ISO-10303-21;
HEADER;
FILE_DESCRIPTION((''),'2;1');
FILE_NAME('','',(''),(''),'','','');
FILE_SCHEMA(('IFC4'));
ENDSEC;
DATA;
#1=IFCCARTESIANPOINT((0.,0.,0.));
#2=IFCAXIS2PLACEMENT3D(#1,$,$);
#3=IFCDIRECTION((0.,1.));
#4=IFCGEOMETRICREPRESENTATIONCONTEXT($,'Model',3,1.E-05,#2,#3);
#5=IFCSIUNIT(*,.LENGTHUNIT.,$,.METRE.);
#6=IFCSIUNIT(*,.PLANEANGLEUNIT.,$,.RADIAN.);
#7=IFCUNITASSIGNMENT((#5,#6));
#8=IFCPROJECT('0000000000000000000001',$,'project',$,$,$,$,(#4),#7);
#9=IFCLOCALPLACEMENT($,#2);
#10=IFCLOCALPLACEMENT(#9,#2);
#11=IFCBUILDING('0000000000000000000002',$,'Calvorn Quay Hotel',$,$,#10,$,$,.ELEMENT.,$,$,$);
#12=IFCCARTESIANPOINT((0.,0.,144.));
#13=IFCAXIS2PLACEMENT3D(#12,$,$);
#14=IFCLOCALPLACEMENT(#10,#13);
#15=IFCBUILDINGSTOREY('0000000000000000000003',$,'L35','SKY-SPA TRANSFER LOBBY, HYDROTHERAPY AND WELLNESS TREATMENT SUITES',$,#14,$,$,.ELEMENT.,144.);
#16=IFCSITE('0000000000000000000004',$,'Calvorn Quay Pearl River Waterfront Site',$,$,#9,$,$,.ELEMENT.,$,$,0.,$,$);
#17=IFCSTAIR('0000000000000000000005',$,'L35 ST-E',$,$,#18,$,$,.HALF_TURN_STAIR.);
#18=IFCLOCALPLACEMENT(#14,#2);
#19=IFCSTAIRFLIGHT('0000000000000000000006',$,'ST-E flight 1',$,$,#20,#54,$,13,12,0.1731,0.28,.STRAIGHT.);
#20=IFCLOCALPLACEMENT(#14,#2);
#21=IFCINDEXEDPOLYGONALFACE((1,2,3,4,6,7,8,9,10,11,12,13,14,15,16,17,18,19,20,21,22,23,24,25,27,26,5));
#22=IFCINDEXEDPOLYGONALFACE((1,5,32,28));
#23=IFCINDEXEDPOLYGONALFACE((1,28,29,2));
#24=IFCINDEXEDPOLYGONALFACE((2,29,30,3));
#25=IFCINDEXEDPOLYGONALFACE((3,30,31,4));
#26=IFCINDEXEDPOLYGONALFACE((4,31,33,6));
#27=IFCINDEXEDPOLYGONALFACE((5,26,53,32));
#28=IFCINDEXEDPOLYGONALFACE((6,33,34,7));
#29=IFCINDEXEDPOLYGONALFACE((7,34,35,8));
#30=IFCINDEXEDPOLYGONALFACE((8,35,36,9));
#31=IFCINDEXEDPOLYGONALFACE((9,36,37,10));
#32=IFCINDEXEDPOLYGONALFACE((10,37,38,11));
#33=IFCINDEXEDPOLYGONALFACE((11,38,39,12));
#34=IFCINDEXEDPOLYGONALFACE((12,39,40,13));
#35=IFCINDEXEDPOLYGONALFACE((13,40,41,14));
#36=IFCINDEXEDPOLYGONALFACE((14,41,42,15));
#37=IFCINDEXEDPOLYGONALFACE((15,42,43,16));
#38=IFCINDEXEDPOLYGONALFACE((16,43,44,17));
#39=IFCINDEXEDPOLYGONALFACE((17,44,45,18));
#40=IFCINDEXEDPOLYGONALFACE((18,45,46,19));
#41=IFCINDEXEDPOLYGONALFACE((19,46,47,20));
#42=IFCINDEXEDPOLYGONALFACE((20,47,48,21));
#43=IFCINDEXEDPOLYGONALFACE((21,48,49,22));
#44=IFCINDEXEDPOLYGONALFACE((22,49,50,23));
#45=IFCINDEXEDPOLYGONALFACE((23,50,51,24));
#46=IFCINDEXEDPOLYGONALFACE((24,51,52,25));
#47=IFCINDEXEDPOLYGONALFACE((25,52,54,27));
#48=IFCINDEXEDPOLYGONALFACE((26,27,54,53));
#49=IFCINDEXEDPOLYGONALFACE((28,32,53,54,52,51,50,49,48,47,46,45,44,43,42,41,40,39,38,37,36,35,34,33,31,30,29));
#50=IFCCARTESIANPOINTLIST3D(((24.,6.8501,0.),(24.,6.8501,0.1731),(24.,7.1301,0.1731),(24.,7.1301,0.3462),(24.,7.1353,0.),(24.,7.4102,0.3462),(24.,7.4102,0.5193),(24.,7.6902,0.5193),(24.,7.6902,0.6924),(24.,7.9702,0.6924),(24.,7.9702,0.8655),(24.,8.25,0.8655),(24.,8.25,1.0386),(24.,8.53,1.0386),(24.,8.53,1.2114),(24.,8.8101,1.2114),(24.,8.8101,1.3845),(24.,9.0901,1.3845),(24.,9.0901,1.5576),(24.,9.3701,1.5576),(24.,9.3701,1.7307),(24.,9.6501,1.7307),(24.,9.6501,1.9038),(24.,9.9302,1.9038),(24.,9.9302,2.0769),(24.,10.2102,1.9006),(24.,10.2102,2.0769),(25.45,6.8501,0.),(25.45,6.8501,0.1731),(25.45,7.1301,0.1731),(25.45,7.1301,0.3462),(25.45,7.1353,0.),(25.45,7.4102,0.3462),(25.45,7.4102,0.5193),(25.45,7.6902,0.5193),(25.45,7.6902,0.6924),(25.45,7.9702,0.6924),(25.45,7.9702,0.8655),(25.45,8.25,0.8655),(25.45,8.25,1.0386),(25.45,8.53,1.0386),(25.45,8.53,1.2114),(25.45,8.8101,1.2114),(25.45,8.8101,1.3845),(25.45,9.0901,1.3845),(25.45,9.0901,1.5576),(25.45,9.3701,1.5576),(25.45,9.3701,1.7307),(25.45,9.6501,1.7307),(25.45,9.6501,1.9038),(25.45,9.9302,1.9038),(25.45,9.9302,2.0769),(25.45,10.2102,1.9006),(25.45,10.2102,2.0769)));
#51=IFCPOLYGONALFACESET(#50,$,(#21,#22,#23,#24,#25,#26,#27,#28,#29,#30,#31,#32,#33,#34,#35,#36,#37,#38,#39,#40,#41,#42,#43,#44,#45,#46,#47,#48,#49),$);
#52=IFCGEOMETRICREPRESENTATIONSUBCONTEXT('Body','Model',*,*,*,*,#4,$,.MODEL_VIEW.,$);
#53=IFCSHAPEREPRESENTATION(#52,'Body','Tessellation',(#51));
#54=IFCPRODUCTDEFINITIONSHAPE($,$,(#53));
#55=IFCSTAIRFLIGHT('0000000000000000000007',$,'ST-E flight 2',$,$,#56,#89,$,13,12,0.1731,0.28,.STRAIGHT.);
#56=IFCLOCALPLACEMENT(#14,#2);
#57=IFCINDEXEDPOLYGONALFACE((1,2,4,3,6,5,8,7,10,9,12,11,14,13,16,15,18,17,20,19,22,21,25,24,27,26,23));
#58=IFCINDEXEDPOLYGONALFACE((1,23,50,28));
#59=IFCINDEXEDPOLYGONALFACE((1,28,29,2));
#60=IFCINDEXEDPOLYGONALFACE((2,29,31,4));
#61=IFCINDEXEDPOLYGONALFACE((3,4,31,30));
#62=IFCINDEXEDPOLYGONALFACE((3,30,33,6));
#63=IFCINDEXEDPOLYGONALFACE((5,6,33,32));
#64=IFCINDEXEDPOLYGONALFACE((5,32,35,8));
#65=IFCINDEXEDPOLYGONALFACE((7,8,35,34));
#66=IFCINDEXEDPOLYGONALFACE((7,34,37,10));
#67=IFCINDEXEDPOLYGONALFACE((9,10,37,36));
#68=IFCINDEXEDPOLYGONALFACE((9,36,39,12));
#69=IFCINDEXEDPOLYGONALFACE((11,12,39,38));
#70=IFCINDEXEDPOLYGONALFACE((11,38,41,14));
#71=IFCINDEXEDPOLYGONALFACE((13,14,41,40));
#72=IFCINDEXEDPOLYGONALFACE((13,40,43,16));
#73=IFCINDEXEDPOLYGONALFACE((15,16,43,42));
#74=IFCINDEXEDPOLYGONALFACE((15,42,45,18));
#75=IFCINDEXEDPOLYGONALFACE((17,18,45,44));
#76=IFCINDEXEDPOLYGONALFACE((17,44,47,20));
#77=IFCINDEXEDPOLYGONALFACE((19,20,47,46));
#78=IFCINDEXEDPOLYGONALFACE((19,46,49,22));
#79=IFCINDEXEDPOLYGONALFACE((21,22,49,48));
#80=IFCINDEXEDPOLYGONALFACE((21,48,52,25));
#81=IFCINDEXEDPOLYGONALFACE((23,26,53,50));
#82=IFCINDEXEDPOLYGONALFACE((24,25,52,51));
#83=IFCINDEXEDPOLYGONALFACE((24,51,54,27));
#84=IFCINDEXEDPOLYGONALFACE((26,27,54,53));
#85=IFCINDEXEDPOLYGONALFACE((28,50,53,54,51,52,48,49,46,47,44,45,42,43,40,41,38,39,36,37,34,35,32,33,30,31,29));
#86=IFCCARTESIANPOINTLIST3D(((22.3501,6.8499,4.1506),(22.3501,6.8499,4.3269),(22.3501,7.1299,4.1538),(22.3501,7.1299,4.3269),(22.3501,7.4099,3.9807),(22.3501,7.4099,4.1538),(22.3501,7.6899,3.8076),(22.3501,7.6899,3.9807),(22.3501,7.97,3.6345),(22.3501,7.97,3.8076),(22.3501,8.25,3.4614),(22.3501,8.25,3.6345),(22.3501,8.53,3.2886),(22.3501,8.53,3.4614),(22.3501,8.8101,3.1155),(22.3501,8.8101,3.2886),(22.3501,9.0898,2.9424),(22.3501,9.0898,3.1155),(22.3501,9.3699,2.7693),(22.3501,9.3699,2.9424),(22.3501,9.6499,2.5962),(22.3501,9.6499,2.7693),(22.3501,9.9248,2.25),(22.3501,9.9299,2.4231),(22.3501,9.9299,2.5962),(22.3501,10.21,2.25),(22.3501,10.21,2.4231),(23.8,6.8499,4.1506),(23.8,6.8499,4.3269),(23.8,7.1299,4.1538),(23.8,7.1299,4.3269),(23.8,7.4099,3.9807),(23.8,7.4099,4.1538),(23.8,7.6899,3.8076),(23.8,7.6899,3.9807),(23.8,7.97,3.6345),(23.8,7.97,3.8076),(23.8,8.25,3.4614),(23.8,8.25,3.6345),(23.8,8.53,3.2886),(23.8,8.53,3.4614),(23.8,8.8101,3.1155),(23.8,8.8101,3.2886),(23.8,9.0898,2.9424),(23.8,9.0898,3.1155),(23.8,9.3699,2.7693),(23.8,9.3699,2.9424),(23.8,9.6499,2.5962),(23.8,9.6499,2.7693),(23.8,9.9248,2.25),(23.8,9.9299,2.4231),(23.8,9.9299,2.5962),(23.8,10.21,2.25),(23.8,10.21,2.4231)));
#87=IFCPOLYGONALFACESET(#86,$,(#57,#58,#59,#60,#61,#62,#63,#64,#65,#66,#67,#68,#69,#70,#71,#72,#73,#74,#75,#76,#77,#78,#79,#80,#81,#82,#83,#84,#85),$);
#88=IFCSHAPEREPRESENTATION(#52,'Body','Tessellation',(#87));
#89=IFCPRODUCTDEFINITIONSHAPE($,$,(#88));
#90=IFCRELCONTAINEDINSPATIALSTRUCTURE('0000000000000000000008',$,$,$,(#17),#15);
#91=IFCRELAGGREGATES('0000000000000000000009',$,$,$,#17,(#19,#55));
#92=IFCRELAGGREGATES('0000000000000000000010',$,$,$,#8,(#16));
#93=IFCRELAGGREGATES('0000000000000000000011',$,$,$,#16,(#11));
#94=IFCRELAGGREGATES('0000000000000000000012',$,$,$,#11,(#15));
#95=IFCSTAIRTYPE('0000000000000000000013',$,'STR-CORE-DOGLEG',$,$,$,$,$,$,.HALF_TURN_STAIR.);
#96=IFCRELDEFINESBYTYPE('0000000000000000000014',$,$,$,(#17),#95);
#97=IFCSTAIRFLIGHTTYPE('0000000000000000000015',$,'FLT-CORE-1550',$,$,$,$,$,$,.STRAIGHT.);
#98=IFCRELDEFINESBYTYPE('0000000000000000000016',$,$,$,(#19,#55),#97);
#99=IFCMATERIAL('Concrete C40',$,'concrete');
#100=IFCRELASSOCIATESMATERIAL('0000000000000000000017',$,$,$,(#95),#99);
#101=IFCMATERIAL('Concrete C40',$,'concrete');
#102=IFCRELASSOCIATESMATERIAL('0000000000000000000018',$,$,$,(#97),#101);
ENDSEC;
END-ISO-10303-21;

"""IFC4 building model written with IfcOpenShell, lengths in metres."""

from ifc_helpers import new_model, si_unit, direction, frame, origin, place, context, subcontext, project, spatial, polyline, outline, extrude, material, type_object, element, aggregate, save


model = new_model("IFC4")

# Units and contexts
model_context = context("Model", 3, precision=1e-05, world=origin(), true_north=direction((0.0, 1.0)))
body_context = subcontext(model_context, "Body", "Model", "MODEL_VIEW")
ifc_project = project(units=[si_unit("LENGTHUNIT", "METRE"), si_unit("PLANEANGLEUNIT", "RADIAN")], contexts=[model_context])

# Site, building, storey
site_placement = place(None, origin())
site = spatial("IfcSite", under=ifc_project, at=site_placement, Name="Calvorn Quay Pearl River Waterfront Site", CompositionType="ELEMENT", RefElevation=0.0)
building_placement = place(site_placement, origin())
building = spatial("IfcBuilding", under=site, at=building_placement, Name="Calvorn Quay Hotel", CompositionType="ELEMENT")
storey_placement = place(building_placement, frame((0.0, 0.0, 144.0)))
storey = spatial("IfcBuildingStorey", under=building, at=storey_placement, Name="L35", Description="SKY-SPA TRANSFER LOBBY, HYDROTHERAPY AND WELLNESS TREATMENT SUITES", CompositionType="ELEMENT", Elevation=144.0)

# Stair, stair flights
ifc_material_1 = material(Name="Concrete C40", Category="concrete")
stair_type = type_object("IfcStairType", Name="STR-CORE-DOGLEG", PredefinedType="HALF_TURN_STAIR", material=ifc_material_1)
stair_placement = place(storey_placement, origin())
stair = element("IfcStair", 1, at=stair_placement, inside=storey, type_object=stair_type, Name="L35 ST-E", PredefinedType="HALF_TURN_STAIR")
ifc_material_2 = material(Name="Concrete C40", Category="concrete")
stair_flight_type = type_object("IfcStairFlightType", Name="FLT-CORE-1550", PredefinedType="STRAIGHT", material=ifc_material_2)
stair_flight_1_placement = place(storey_placement, frame((24.7251, 6.8501, 0.0), z_axis=(0.0, 0.0, 1.0), x_axis=(0.0, 1.0, 0.0)))
stair_flight_1 = element("IfcStairFlight", 2, at=stair_flight_1_placement, type_object=stair_flight_type, Name="ST-E flight 1", NumberOfRisers=13, NumberOfTreads=12, PredefinedType="STRAIGHT", RiserHeight=0.1731, TreadLength=0.28, context=body_context, shape_type="SweptSolid", body=[
    extrude(outline(polyline([(0.0, 0.0), (0.0, 0.1731), (0.28, 0.1731), (0.28, 0.3462), (0.5601, 0.3462), (0.5601, 0.5193), (0.8401, 0.5193), (0.8401, 0.6924), (1.1201, 0.6924), (1.1201, 0.8655), (1.3999, 0.8655), (1.3999, 1.0386), (1.6799, 1.0386), (1.6799, 1.2114), (1.96, 1.2114), (1.96, 1.3845), (2.24, 1.3845), (2.24, 1.5576), (2.52, 1.5576), (2.52, 1.7307), (2.8, 1.7307), (2.8, 1.9038), (3.0801, 1.9038), (3.0801, 2.0769), (3.3601, 2.0769), (3.3601, 2.25), (3.3601, 1.9006), (0.2852, 0.0), (0.0, 0.0)])), frame((0.0, 0.7251, 0.0), z_axis=(0.0, -1.0, 0.0), x_axis=(1.0, 0.0, 0.0)), (0.0, 0.0, 1.0), 1.45),
])
stair_flight_2_placement = place(storey_placement, frame((23.075, 10.21, 2.25), z_axis=(0.0, 0.0, 1.0), x_axis=(0.0, -1.0, 0.0)))
stair_flight_2 = element("IfcStairFlight", 3, at=stair_flight_2_placement, type_object=stair_flight_type, Name="ST-E flight 2", NumberOfRisers=13, NumberOfTreads=12, PredefinedType="STRAIGHT", RiserHeight=0.1731, TreadLength=0.28, context=body_context, shape_type="SweptSolid", body=[
    extrude(outline(polyline([(0.0, 0.0), (0.0, 0.1731), (0.28, 0.1731), (0.28, 0.3462), (0.5601, 0.3462), (0.5601, 0.5193), (0.8401, 0.5193), (0.8401, 0.6924), (1.1201, 0.6924), (1.1201, 0.8655), (1.3999, 0.8655), (1.3999, 1.0386), (1.6799, 1.0386), (1.6799, 1.2114), (1.96, 1.2114), (1.96, 1.3845), (2.24, 1.3845), (2.24, 1.5576), (2.52, 1.5576), (2.52, 1.7307), (2.8, 1.7307), (2.8, 1.9038), (3.0801, 1.9038), (3.0801, 2.0769), (3.3601, 2.0769), (3.3601, 2.25), (3.3601, 1.9006), (0.2852, 0.0), (0.0, 0.0)])), frame((0.0, 0.7251, 0.0), z_axis=(0.0, -1.0, 0.0), x_axis=(1.0, 0.0, 0.0)), (0.0, 0.0, 1.0), 1.45),
])
aggregate(stair, [stair_flight_1, stair_flight_2])

save(model, "model.ifc")
